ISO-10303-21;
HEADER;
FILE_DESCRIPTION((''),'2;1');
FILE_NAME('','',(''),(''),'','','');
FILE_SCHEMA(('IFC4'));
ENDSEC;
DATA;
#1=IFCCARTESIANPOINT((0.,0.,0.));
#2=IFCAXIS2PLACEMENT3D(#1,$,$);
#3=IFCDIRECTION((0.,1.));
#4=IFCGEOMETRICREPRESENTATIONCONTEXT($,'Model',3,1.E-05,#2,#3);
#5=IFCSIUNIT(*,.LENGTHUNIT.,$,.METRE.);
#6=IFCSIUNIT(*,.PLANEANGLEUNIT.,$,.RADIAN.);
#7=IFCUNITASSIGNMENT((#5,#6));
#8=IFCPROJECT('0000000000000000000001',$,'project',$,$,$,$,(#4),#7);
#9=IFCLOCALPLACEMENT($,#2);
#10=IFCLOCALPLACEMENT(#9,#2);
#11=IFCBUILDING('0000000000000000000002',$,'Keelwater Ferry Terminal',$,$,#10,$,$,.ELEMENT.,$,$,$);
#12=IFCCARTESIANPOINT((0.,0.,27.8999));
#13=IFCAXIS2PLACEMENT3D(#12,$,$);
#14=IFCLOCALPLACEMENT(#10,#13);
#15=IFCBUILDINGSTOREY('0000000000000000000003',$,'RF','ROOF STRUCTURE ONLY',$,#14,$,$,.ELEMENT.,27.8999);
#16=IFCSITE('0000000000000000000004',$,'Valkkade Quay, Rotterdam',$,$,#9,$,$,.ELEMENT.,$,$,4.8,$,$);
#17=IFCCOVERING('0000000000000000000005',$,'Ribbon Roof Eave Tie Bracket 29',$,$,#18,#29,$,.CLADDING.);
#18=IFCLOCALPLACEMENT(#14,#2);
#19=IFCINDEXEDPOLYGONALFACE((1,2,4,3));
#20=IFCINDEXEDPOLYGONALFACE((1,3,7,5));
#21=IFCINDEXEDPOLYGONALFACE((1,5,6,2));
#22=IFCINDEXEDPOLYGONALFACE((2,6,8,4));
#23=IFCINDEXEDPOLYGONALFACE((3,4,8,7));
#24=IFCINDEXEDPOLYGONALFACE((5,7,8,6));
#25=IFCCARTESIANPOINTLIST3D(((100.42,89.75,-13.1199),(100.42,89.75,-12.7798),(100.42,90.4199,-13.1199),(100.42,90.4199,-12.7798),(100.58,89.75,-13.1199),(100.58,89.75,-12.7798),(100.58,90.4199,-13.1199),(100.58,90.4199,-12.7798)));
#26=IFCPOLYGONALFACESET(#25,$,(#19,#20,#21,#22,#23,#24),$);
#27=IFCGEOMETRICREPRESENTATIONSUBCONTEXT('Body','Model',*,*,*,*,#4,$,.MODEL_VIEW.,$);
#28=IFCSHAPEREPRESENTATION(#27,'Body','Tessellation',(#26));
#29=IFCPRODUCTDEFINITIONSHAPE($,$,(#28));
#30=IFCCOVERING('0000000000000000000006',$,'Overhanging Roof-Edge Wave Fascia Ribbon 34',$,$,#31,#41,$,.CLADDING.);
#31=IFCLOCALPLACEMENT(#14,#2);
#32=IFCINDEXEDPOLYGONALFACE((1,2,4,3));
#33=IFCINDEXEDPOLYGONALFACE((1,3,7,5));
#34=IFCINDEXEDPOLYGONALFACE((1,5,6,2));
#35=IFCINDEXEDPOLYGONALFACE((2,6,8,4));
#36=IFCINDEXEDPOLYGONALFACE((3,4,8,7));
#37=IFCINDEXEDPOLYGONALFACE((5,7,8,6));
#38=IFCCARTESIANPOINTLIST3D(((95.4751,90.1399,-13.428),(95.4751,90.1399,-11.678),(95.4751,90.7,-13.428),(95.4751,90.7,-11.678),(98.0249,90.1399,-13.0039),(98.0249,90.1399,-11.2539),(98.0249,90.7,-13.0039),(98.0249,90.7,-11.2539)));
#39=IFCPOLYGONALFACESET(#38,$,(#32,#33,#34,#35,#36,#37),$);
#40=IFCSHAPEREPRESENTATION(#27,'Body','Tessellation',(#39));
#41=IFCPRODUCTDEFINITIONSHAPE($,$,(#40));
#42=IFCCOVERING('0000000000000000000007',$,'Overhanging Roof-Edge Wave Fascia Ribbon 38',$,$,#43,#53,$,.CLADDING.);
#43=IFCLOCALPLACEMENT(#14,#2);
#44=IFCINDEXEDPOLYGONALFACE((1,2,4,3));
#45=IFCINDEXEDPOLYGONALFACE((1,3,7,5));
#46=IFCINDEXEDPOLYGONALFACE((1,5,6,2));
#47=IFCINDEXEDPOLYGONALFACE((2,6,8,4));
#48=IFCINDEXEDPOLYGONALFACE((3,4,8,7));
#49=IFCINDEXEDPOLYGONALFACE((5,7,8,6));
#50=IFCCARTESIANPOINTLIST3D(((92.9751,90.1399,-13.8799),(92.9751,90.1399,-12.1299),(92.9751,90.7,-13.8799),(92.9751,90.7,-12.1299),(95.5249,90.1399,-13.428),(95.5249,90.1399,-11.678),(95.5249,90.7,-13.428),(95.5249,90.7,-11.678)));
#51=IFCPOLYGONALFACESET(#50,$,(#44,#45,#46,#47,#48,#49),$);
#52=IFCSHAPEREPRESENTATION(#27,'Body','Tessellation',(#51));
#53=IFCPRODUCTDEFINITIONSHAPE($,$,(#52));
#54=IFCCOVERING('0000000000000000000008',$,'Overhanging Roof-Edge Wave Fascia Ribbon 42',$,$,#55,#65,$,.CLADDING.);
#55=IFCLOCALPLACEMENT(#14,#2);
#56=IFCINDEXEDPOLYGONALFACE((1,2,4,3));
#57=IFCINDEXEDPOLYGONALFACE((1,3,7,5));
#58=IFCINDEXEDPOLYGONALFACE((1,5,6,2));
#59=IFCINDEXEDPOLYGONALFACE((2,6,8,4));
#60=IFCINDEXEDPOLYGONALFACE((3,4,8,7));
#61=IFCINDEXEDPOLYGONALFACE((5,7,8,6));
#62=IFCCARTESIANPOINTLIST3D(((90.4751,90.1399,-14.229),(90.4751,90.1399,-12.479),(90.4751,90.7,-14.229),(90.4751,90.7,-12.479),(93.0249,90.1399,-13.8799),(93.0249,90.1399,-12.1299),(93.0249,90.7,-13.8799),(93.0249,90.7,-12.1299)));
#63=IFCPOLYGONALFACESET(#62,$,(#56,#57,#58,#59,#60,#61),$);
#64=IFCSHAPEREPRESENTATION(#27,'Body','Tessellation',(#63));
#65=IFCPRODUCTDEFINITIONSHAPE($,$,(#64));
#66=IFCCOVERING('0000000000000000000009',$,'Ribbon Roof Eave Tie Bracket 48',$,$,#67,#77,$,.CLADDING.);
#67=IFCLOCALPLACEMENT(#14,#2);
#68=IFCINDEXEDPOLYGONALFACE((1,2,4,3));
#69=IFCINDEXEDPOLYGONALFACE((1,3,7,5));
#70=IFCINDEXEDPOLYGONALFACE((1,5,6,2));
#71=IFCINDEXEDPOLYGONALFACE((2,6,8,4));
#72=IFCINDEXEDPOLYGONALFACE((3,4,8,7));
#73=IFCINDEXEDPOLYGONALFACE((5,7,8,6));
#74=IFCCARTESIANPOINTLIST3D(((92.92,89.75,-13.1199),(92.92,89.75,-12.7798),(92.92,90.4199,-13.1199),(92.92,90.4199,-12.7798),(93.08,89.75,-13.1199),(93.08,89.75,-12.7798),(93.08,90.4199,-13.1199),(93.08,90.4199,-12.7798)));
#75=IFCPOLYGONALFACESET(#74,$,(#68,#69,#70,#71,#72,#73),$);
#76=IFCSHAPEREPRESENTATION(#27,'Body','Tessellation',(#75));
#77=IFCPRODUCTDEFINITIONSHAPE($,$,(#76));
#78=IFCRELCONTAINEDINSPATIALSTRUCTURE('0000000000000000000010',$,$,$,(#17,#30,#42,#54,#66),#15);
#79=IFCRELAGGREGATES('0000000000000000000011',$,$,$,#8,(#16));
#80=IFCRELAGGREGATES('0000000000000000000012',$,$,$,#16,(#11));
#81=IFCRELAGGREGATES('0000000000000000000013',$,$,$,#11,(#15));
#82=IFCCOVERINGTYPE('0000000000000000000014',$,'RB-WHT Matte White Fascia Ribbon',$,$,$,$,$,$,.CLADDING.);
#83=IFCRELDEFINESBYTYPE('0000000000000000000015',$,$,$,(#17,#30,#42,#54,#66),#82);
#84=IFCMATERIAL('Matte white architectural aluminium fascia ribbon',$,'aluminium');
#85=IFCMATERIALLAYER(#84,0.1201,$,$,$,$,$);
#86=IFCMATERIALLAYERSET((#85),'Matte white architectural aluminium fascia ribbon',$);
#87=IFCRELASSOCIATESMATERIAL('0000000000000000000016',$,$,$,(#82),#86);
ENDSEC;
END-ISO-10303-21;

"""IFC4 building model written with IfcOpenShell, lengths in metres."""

from ifc_helpers import new_model, si_unit, direction, frame, frame_2d, origin, place, context, subcontext, project, spatial, polyline, rectangle, outline, extrude, material, layer, layer_set, type_object, element, save


model = new_model("IFC4")

# Units and contexts
model_context = context("Model", 3, precision=1e-05, world=origin(), true_north=direction((0.0, 1.0)))
body_context = subcontext(model_context, "Body", "Model", "MODEL_VIEW")
ifc_project = project(units=[si_unit("LENGTHUNIT", "METRE"), si_unit("PLANEANGLEUNIT", "RADIAN")], contexts=[model_context])

# Site, building, storey
site_placement = place(None, origin())
site = spatial("IfcSite", under=ifc_project, at=site_placement, Name="Valkkade Quay, Rotterdam", CompositionType="ELEMENT", RefElevation=4.8)
building_placement = place(site_placement, origin())
building = spatial("IfcBuilding", under=site, at=building_placement, Name="Keelwater Ferry Terminal", CompositionType="ELEMENT")
storey_placement = place(building_placement, frame((0.0, 0.0, 27.8999)))
storey = spatial("IfcBuildingStorey", under=building, at=storey_placement, Name="RF", Description="ROOF STRUCTURE ONLY", CompositionType="ELEMENT", Elevation=27.8999)

# Coverings
ifc_material_1 = material(Name="Matte white architectural aluminium fascia ribbon", Category="aluminium")
ifc_layer_1 = layer(ifc_material_1, 0.1201)
ifc_layer_set_1 = layer_set([ifc_layer_1], Name="Matte white architectural aluminium fascia ribbon")
covering_type = type_object("IfcCoveringType", Name="RB-WHT Matte White Fascia Ribbon", PredefinedType="CLADDING", material=ifc_layer_set_1)
covering_1_placement = place(storey_placement, frame((100.5, 90.4199, -13.1199), z_axis=(0.0, 0.0, 1.0), x_axis=(0.0, -1.0, 0.0)))
element("IfcCovering", 1, at=covering_1_placement, inside=storey, type_object=covering_type, Name="Ribbon Roof Eave Tie Bracket 29", PredefinedType="CLADDING", context=body_context, shape_type="SweptSolid", body=[
    extrude(rectangle(XDim=0.6699, YDim=0.1599, at=frame_2d((0.335, 0.0))), origin(), (0.0, 0.0, 1.0), 0.3401),
])
covering_2_placement = place(storey_placement, frame((98.0249, 90.4199, -13.428), z_axis=(0.0, 0.0, 1.0), x_axis=(-1.0, 0.0, 0.0)))
element("IfcCovering", 2, at=covering_2_placement, inside=storey, type_object=covering_type, Name="Overhanging Roof-Edge Wave Fascia Ribbon 34", PredefinedType="CLADDING", context=body_context, shape_type="SweptSolid", body=[
    extrude(outline(polyline([(0.0, 0.4241), (2.5498, 0.0), (2.5498, 1.75), (0.0, 2.1741), (0.0, 0.4241)])), frame((0.0, 0.28, 0.0), z_axis=(0.0, -1.0, 0.0), x_axis=(1.0, 0.0, 0.0)), (0.0, 0.0, 1.0), 0.5601),
])
covering_3_placement = place(storey_placement, frame((95.5249, 90.4199, -13.8799), z_axis=(0.0, 0.0, 1.0), x_axis=(-1.0, 0.0, 0.0)))
element("IfcCovering", 3, at=covering_3_placement, inside=storey, type_object=covering_type, Name="Overhanging Roof-Edge Wave Fascia Ribbon 38", PredefinedType="CLADDING", context=body_context, shape_type="SweptSolid", body=[
    extrude(outline(polyline([(0.0, 0.4519), (2.5498, 0.0), (2.5498, 1.75), (0.0, 2.2019), (0.0, 0.4519)])), frame((0.0, 0.28, 0.0), z_axis=(0.0, -1.0, 0.0), x_axis=(1.0, 0.0, 0.0)), (0.0, 0.0, 1.0), 0.5601),
])
covering_4_placement = place(storey_placement, frame((93.0249, 90.4199, -14.229), z_axis=(0.0, 0.0, 1.0), x_axis=(-1.0, 0.0, 0.0)))
element("IfcCovering", 4, at=covering_4_placement, inside=storey, type_object=covering_type, Name="Overhanging Roof-Edge Wave Fascia Ribbon 42", PredefinedType="CLADDING", context=body_context, shape_type="SweptSolid", body=[
    extrude(outline(polyline([(0.0, 0.3491), (2.5498, 0.0), (2.5498, 1.75), (0.0, 2.0991), (0.0, 0.3491)])), frame((0.0, 0.28, 0.0), z_axis=(0.0, -1.0, 0.0), x_axis=(1.0, 0.0, 0.0)), (0.0, 0.0, 1.0), 0.5601),
])
covering_5_placement = place(storey_placement, frame((93.0, 90.4199, -13.1199), z_axis=(0.0, 0.0, 1.0), x_axis=(0.0, -1.0, 0.0)))
element("IfcCovering", 5, at=covering_5_placement, inside=storey, type_object=covering_type, Name="Ribbon Roof Eave Tie Bracket 48", PredefinedType="CLADDING", context=body_context, shape_type="SweptSolid", body=[
    extrude(rectangle(XDim=0.6699, YDim=0.1599, at=frame_2d((0.335, 0.0))), origin(), (0.0, 0.0, 1.0), 0.3401),
])

save(model, "model.ifc")
